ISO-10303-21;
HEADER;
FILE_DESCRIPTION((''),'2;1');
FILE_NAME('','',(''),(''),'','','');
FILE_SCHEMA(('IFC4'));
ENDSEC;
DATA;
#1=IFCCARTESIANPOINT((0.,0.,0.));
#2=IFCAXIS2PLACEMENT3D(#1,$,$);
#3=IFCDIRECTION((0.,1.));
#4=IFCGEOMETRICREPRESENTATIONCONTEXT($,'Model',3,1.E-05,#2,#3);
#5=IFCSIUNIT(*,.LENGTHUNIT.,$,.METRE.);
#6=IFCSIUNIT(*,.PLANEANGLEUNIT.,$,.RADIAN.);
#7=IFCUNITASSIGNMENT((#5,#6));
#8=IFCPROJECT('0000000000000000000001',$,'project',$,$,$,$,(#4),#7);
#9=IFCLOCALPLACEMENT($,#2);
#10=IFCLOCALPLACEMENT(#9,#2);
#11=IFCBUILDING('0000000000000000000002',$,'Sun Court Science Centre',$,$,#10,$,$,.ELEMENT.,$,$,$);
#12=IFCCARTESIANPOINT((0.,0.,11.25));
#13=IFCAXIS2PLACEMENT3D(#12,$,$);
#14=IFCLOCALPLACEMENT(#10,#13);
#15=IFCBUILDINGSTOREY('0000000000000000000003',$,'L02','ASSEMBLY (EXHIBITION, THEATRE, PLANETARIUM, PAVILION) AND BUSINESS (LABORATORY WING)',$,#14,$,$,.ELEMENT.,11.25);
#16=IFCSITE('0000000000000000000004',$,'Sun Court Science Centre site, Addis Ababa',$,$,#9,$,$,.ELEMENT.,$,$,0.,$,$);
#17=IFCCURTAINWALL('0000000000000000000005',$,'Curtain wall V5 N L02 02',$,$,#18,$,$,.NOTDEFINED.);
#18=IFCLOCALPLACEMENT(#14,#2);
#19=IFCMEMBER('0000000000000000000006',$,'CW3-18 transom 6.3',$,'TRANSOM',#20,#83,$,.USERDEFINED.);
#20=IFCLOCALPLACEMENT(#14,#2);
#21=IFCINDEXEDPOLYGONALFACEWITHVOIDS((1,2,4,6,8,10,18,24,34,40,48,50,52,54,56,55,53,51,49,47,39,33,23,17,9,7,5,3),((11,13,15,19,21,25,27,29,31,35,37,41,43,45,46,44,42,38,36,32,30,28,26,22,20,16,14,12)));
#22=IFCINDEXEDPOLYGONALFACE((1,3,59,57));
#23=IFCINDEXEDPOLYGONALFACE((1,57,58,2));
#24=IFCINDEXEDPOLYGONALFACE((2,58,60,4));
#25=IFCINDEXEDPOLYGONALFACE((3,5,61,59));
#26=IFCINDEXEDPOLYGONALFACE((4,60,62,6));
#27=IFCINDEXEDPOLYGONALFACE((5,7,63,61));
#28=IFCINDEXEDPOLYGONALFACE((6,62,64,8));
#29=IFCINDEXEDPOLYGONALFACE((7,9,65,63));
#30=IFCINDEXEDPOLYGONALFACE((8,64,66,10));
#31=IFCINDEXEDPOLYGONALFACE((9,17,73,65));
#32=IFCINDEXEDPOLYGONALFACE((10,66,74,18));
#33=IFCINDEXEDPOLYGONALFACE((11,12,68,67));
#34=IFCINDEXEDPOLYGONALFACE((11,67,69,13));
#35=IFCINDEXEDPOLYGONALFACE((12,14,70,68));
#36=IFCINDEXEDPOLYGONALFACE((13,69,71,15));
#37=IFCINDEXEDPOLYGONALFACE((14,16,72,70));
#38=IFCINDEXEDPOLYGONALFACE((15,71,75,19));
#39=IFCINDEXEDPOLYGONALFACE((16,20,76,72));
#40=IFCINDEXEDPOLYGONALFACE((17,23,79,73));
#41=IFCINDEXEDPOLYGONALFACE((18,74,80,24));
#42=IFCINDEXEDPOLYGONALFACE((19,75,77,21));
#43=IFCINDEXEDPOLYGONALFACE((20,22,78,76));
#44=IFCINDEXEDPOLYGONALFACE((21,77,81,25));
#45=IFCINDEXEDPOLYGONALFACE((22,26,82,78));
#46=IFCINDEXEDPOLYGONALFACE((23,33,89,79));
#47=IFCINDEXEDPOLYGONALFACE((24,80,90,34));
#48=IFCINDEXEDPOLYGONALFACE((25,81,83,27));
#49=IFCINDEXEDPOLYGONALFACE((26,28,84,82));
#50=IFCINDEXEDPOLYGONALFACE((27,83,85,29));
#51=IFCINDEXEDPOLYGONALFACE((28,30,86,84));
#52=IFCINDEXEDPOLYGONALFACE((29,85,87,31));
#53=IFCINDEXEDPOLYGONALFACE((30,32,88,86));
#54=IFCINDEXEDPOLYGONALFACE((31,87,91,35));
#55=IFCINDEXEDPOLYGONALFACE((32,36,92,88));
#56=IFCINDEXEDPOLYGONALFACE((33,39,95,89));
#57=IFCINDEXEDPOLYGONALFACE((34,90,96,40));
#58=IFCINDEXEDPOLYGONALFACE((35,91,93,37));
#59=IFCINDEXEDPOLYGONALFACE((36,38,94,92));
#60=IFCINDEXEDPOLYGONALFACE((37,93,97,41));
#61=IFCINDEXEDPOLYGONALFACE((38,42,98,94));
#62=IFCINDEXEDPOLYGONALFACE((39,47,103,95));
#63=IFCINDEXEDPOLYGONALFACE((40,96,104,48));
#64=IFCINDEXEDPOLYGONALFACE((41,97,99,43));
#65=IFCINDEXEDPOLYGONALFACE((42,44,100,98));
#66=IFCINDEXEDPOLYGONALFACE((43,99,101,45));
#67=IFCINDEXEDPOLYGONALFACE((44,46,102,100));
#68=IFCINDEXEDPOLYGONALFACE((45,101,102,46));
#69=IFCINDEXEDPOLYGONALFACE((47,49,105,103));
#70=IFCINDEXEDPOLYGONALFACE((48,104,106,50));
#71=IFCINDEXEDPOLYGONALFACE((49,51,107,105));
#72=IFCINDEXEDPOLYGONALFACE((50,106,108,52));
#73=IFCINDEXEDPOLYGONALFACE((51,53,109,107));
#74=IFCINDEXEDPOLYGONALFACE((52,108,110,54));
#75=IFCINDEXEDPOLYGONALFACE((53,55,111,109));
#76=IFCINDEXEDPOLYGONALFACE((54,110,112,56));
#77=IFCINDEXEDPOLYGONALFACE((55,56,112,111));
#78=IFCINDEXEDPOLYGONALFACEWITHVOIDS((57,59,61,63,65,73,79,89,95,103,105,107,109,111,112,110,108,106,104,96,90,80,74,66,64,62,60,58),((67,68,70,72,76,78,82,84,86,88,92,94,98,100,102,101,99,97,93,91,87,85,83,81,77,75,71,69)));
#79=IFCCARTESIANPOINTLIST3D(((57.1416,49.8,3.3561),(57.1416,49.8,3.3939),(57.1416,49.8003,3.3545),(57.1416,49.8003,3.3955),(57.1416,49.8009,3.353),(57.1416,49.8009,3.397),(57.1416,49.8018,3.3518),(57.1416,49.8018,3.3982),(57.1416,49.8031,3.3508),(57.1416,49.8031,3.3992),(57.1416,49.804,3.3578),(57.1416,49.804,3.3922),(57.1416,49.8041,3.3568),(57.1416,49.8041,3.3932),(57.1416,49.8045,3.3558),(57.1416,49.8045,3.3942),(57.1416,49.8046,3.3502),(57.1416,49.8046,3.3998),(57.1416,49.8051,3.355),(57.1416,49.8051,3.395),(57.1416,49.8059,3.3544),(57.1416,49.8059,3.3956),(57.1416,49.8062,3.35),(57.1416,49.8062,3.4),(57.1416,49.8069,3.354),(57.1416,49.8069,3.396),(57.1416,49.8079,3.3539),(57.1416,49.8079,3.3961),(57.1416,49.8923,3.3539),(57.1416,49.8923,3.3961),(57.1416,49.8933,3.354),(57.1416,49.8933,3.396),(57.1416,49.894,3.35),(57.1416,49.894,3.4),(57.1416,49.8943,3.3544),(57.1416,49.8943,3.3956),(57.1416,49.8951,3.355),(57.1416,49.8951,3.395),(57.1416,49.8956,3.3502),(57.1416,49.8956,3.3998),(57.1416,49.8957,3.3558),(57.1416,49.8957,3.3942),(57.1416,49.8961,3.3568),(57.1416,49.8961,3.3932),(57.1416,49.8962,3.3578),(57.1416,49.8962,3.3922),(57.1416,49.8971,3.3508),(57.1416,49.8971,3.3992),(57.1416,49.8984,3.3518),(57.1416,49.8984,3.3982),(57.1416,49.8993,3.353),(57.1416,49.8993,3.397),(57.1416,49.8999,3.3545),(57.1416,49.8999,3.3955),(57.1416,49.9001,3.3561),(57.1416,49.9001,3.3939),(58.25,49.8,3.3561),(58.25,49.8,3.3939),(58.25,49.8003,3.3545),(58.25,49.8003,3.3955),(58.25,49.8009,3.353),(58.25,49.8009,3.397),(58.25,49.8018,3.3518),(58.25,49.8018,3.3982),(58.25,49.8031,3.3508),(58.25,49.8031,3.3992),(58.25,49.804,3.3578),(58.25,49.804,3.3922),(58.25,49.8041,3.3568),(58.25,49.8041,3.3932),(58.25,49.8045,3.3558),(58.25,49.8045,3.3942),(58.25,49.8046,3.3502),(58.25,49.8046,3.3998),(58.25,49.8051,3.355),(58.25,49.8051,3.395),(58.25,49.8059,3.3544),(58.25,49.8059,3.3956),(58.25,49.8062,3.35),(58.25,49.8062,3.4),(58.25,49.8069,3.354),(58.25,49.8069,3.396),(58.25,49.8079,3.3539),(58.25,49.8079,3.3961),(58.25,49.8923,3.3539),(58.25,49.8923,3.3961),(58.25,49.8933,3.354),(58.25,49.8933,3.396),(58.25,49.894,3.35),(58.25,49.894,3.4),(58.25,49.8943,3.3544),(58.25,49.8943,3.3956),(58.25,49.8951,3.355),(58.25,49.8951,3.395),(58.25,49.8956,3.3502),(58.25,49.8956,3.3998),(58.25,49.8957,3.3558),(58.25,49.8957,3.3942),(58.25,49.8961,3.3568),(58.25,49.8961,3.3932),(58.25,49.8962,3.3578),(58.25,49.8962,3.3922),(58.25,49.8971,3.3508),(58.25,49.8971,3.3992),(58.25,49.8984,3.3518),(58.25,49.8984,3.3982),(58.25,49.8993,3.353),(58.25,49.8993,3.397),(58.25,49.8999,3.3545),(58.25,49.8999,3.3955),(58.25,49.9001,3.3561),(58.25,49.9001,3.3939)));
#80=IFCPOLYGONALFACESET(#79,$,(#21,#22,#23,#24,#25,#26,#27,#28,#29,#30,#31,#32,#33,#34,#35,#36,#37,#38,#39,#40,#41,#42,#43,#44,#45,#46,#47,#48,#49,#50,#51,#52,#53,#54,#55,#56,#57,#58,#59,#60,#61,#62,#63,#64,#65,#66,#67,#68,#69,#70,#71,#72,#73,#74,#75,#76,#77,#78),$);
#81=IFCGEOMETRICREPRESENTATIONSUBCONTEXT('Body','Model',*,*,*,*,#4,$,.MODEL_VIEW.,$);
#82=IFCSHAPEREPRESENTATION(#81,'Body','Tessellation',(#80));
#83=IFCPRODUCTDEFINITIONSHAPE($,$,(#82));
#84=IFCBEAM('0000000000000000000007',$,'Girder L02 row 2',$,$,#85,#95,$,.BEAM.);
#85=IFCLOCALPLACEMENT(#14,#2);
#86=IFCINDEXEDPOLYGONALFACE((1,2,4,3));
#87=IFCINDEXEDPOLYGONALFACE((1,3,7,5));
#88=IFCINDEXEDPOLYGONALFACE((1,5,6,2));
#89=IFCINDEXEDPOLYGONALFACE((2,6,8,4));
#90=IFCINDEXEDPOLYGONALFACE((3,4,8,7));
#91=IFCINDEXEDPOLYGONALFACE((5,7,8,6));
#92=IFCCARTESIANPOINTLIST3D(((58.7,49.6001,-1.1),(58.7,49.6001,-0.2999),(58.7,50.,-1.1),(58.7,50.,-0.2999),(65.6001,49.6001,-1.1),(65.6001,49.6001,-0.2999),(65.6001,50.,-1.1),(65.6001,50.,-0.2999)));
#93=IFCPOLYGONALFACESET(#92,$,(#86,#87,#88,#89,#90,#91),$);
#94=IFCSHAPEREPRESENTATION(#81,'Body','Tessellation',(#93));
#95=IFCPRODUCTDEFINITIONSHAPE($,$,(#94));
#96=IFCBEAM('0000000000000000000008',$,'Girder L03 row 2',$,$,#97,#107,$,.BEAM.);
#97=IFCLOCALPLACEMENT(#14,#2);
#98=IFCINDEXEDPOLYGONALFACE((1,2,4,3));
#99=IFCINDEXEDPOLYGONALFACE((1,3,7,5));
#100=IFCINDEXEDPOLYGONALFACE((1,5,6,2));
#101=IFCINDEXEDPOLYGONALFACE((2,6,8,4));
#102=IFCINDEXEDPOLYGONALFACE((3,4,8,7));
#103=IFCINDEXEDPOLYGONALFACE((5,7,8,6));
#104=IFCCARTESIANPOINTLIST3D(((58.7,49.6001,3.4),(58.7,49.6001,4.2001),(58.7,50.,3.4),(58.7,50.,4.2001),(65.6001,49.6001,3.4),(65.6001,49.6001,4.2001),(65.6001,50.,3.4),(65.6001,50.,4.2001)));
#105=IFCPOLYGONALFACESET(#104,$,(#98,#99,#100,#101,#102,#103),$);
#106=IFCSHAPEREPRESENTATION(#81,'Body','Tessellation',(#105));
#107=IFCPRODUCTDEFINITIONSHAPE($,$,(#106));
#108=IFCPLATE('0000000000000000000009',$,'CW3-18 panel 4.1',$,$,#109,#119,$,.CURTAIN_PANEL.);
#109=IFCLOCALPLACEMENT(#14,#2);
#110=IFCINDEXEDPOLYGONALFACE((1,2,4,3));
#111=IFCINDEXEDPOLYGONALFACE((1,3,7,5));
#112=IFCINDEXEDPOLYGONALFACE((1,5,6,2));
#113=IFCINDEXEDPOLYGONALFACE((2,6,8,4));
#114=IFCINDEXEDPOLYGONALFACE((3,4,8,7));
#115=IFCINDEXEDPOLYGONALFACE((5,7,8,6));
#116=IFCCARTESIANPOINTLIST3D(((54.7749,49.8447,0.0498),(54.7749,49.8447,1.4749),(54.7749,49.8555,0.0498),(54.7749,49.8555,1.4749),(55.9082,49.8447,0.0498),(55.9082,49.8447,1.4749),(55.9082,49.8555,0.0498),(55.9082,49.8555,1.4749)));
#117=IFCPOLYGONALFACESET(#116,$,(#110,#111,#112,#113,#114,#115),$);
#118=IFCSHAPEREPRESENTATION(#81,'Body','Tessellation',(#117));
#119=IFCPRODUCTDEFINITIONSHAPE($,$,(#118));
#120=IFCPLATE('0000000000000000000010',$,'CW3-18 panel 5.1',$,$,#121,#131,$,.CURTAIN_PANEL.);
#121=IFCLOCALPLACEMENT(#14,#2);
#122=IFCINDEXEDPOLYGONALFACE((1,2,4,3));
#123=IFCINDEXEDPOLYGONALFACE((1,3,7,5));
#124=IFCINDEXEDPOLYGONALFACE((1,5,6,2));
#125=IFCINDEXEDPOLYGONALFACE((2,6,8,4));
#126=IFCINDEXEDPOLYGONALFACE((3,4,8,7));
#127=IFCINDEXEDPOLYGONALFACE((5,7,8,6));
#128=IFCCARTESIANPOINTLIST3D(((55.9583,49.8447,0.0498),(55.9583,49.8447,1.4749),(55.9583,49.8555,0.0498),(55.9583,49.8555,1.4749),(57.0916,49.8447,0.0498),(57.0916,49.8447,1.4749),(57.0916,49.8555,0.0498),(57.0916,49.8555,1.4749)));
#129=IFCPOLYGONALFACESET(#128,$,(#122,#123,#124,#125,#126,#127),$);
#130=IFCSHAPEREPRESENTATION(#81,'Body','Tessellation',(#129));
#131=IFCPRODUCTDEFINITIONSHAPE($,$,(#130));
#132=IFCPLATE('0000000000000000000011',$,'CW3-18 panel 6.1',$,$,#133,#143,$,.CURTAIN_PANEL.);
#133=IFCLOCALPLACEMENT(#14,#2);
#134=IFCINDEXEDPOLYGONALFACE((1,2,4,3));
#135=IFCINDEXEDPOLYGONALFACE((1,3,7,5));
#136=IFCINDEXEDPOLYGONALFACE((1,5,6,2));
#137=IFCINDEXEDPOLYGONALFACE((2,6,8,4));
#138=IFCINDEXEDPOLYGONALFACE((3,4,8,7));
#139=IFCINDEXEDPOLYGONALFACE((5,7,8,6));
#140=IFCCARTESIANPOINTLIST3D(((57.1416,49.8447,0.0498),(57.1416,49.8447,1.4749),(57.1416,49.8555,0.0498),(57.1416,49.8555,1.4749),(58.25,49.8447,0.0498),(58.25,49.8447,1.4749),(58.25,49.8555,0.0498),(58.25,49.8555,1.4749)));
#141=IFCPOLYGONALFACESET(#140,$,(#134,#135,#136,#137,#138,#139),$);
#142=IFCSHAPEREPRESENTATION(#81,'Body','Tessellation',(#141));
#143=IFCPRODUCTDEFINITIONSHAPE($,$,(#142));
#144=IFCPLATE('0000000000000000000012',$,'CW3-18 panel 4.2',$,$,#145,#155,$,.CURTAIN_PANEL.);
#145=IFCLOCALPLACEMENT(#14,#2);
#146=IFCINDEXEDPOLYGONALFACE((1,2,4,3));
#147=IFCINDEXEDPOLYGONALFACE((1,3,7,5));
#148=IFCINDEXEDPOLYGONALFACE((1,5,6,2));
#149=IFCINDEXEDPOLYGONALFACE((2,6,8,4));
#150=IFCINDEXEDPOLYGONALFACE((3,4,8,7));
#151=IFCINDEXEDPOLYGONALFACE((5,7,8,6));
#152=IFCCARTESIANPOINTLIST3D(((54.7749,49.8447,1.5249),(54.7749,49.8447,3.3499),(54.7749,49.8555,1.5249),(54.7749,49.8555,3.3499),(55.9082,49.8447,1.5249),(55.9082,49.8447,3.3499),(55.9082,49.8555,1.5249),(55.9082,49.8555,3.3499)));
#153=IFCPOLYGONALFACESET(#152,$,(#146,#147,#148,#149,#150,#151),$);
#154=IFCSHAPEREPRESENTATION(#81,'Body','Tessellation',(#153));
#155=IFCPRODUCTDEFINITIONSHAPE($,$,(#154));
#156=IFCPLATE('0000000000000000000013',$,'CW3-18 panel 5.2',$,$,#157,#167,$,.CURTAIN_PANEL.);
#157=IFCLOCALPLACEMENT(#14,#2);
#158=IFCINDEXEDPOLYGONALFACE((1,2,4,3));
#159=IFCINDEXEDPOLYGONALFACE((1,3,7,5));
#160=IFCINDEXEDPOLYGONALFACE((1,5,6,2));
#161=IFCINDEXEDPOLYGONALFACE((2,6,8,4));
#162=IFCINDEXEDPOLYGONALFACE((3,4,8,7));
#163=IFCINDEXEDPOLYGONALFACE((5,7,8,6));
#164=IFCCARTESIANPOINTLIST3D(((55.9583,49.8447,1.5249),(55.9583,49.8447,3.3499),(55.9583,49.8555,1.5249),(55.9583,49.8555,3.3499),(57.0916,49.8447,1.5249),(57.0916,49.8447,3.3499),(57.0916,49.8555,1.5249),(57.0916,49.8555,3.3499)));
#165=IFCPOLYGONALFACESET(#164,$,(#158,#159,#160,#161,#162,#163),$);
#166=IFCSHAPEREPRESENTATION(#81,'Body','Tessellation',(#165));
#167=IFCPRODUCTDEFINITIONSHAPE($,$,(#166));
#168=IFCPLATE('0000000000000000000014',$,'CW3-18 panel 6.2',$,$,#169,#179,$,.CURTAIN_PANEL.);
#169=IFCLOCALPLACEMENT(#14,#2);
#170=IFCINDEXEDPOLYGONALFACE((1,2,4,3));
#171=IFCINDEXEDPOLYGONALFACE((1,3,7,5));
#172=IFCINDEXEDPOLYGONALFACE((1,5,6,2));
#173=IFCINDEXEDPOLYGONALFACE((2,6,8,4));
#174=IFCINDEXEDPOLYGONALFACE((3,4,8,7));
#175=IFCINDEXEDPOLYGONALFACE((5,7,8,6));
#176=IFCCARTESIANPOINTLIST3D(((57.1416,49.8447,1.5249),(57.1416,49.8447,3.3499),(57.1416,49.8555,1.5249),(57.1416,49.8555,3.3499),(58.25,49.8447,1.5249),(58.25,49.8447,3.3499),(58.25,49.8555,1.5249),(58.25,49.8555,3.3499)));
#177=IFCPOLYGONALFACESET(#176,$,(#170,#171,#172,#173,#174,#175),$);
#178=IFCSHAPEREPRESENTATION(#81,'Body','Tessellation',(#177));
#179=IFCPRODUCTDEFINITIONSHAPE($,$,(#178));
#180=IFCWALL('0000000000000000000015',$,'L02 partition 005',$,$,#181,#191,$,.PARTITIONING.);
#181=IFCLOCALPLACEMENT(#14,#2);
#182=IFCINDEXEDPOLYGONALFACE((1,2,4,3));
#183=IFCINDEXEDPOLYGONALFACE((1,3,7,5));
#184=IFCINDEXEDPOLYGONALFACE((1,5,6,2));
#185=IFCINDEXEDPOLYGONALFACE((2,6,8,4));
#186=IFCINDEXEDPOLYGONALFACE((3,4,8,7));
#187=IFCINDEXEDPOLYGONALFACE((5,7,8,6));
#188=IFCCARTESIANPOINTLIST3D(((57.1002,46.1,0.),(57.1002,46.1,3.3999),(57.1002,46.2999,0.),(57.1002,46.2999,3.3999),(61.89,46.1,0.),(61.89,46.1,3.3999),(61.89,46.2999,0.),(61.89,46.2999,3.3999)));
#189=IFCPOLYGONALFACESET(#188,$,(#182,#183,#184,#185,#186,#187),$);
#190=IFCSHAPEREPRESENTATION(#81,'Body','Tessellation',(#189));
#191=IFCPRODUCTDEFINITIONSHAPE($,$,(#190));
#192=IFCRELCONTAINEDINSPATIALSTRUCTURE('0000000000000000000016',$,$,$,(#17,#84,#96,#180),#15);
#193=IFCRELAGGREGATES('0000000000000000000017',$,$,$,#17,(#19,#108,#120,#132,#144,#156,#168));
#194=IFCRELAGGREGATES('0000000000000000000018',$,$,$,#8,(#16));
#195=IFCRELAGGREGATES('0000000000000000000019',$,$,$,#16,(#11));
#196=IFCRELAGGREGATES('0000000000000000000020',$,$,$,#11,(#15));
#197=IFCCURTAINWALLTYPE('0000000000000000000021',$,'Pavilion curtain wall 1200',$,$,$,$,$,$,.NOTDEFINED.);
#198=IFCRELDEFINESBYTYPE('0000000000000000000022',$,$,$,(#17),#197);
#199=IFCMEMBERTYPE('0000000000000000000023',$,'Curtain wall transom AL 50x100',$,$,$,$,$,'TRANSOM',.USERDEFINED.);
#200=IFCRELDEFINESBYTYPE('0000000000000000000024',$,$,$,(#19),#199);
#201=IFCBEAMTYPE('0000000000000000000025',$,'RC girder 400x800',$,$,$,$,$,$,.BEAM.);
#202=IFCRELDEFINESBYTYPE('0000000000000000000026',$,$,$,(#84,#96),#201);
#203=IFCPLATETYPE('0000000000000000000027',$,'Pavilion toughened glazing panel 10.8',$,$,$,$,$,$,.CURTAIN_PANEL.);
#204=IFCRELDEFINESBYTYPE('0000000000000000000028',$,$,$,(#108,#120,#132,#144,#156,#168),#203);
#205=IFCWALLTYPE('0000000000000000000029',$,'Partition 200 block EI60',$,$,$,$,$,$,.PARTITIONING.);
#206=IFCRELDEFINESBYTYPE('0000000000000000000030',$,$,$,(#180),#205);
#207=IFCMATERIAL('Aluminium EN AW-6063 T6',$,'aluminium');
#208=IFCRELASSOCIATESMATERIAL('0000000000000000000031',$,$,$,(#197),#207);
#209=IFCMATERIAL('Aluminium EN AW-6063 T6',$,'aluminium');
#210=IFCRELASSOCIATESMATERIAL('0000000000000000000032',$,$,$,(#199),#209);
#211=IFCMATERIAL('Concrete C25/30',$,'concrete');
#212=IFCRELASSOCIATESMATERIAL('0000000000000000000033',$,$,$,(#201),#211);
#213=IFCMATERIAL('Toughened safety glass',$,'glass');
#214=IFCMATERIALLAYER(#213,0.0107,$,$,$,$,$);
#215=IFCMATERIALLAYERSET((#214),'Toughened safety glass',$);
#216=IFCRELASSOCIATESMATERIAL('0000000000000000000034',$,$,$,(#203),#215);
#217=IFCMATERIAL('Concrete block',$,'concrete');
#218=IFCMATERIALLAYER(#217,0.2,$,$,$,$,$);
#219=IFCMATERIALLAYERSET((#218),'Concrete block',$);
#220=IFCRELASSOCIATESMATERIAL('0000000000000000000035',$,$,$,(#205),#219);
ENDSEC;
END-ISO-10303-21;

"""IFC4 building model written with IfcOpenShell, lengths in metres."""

from ifc_helpers import new_model, si_unit, direction, frame, frame_2d, origin, origin_2d, place, context, subcontext, project, spatial, rectangle, hollow_rectangle, extrude, material, layer, layer_set, material_profile, profile_set, type_object, element, aggregate, save


model = new_model("IFC4")

# Units and contexts
model_context = context("Model", 3, precision=1e-05, world=origin(), true_north=direction((0.0, 1.0)))
body_context = subcontext(model_context, "Body", "Model", "MODEL_VIEW")
ifc_project = project(units=[si_unit("LENGTHUNIT", "METRE"), si_unit("PLANEANGLEUNIT", "RADIAN")], contexts=[model_context])

# Site, building, storey
site_placement = place(None, origin())
site = spatial("IfcSite", under=ifc_project, at=site_placement, Name="Sun Court Science Centre site, Addis Ababa", CompositionType="ELEMENT", RefElevation=0.0)
building_placement = place(site_placement, origin())
building = spatial("IfcBuilding", under=site, at=building_placement, Name="Sun Court Science Centre", CompositionType="ELEMENT")
storey_placement = place(building_placement, frame((0.0, 0.0, 11.25)))
storey = spatial("IfcBuildingStorey", under=building, at=storey_placement, Name="L02", Description="ASSEMBLY (EXHIBITION, THEATRE, PLANETARIUM, PAVILION) AND BUSINESS (LABORATORY WING)", CompositionType="ELEMENT", Elevation=11.25)

# Curtain wall, member
ifc_material_1 = material(Name="Aluminium EN AW-6063 T6", Category="aluminium")
curtain_wall_type = type_object("IfcCurtainWallType", Name="Pavilion curtain wall 1200", PredefinedType="NOTDEFINED", material=ifc_material_1)
curtain_wall_placement = place(storey_placement, origin())
curtain_wall = element("IfcCurtainWall", 1, at=curtain_wall_placement, inside=storey, type_object=curtain_wall_type, Name="Curtain wall V5 N L02 02", PredefinedType="NOTDEFINED")
ifc_material_2 = material(Name="Aluminium EN AW-6063 T6", Category="aluminium")
ifc_material_profile_1 = material_profile(ifc_material_2, hollow_rectangle(XDim=0.05, YDim=0.1001, WallThickness=0.0039, InnerFilletRadius=0.0039, OuterFilletRadius=0.0061, at=origin_2d()), Name="AL 50x100x4")
ifc_profile_set_1 = profile_set([ifc_material_profile_1], Name="Aluminium EN AW-6063 T6")
member_type_1 = type_object("IfcMemberType", Name="Curtain wall transom AL 50x100", ElementType="TRANSOM", PredefinedType="USERDEFINED", material=ifc_profile_set_1)
member_1_placement = place(storey_placement, frame((57.1416, 49.8501, 3.375), z_axis=(1.0, 0.0, 0.0), x_axis=(0.0, 0.0, 1.0)))
member_1 = element("IfcMember", 2, at=member_1_placement, type_object=member_type_1, Name="CW3-18 transom 6.3", ObjectType="TRANSOM", PredefinedType="USERDEFINED", context=body_context, shape_type="SweptSolid", body=[
    extrude(hollow_rectangle(XDim=0.05, YDim=0.1001, WallThickness=0.0039, InnerFilletRadius=0.0039, OuterFilletRadius=0.0061, at=origin_2d()), origin(), (0.0, 0.0, 1.0), 1.1084),
])

# Beams
ifc_material_3 = material(Name="Concrete C25/30", Category="concrete")
ifc_material_profile_2 = material_profile(ifc_material_3, rectangle(XDim=0.3999, YDim=0.8, at=origin_2d()), Name="RC 400x800")
ifc_profile_set_2 = profile_set([ifc_material_profile_2], Name="Concrete C25/30")
beam_type = type_object("IfcBeamType", Name="RC girder 400x800", PredefinedType="BEAM", material=ifc_profile_set_2)
for number, where, z_axis, x_axis, name in (
    (3, (58.7, 49.8, -0.7), (1.0, 0.0, 0.0), (0.0, 1.0, 0.0), "Girder L02 row 2"),
    (4, (58.7, 49.8, 3.8), (1.0, 0.0, 0.0), (0.0, 1.0, 0.0), "Girder L03 row 2"),
):
    element("IfcBeam", number, at=place(storey_placement, frame(where, z_axis=z_axis, x_axis=x_axis)), inside=storey, type_object=beam_type, Name=name, PredefinedType="BEAM", context=body_context, shape_type="SweptSolid", body=[
        extrude(rectangle(XDim=0.3999, YDim=0.8, at=origin_2d()), origin(), (0.0, 0.0, 1.0), 6.9001),
    ])

# Plates
ifc_material_4 = material(Name="Toughened safety glass", Category="glass")
ifc_layer_1 = layer(ifc_material_4, 0.0107)
ifc_layer_set_1 = layer_set([ifc_layer_1], Name="Toughened safety glass")
plate_type = type_object("IfcPlateType", Name="Pavilion toughened glazing panel 10.8", PredefinedType="CURTAIN_PANEL", material=ifc_layer_set_1)
plate_1_placement = place(storey_placement, frame((55.3416, 49.8501, 0.0498), z_axis=(0.0, 0.0, 1.0), x_axis=(1.0, 0.0, 0.0)))
plate_1 = element("IfcPlate", 5, at=plate_1_placement, type_object=plate_type, Name="CW3-18 panel 4.1", PredefinedType="CURTAIN_PANEL", context=body_context, shape_type="SweptSolid", body=[
    extrude(rectangle(XDim=1.1333, YDim=0.0107, at=origin_2d()), origin(), (0.0, 0.0, 1.0), 1.425),
])
plate_2_placement = place(storey_placement, frame((56.5249, 49.8501, 0.0498), z_axis=(0.0, 0.0, 1.0), x_axis=(1.0, 0.0, 0.0)))
plate_2 = element("IfcPlate", 6, at=plate_2_placement, type_object=plate_type, Name="CW3-18 panel 5.1", PredefinedType="CURTAIN_PANEL", context=body_context, shape_type="SweptSolid", body=[
    extrude(rectangle(XDim=1.1333, YDim=0.0107, at=origin_2d()), origin(), (0.0, 0.0, 1.0), 1.425),
])
plate_3_placement = place(storey_placement, frame((57.6958, 49.8501, 0.0498), z_axis=(0.0, 0.0, 1.0), x_axis=(1.0, 0.0, 0.0)))
plate_3 = element("IfcPlate", 7, at=plate_3_placement, type_object=plate_type, Name="CW3-18 panel 6.1", PredefinedType="CURTAIN_PANEL", context=body_context, shape_type="SweptSolid", body=[
    extrude(rectangle(XDim=1.1084, YDim=0.0107, at=origin_2d()), origin(), (0.0, 0.0, 1.0), 1.425),
])
plate_4_placement = place(storey_placement, frame((55.3416, 49.8501, 1.5249), z_axis=(0.0, 0.0, 1.0), x_axis=(1.0, 0.0, 0.0)))
plate_4 = element("IfcPlate", 8, at=plate_4_placement, type_object=plate_type, Name="CW3-18 panel 4.2", PredefinedType="CURTAIN_PANEL", context=body_context, shape_type="SweptSolid", body=[
    extrude(rectangle(XDim=1.1333, YDim=0.0107, at=origin_2d()), origin(), (0.0, 0.0, 1.0), 1.825),
])
plate_5_placement = place(storey_placement, frame((56.5249, 49.8501, 1.5249), z_axis=(0.0, 0.0, 1.0), x_axis=(1.0, 0.0, 0.0)))
plate_5 = element("IfcPlate", 9, at=plate_5_placement, type_object=plate_type, Name="CW3-18 panel 5.2", PredefinedType="CURTAIN_PANEL", context=body_context, shape_type="SweptSolid", body=[
    extrude(rectangle(XDim=1.1333, YDim=0.0107, at=origin_2d()), origin(), (0.0, 0.0, 1.0), 1.825),
])
plate_6_placement = place(storey_placement, frame((57.6958, 49.8501, 1.5249), z_axis=(0.0, 0.0, 1.0), x_axis=(1.0, 0.0, 0.0)))
plate_6 = element("IfcPlate", 10, at=plate_6_placement, type_object=plate_type, Name="CW3-18 panel 6.2", PredefinedType="CURTAIN_PANEL", context=body_context, shape_type="SweptSolid", body=[
    extrude(rectangle(XDim=1.1084, YDim=0.0107, at=origin_2d()), origin(), (0.0, 0.0, 1.0), 1.825),
])
aggregate(curtain_wall, [member_1, plate_1, plate_2, plate_3, plate_4, plate_5, plate_6])

# Wall
ifc_material_5 = material(Name="Concrete block", Category="concrete")
ifc_layer_2 = layer(ifc_material_5, 0.2)
ifc_layer_set_2 = layer_set([ifc_layer_2], Name="Concrete block")
wall_type_1 = type_object("IfcWallType", Name="Partition 200 block EI60", PredefinedType="PARTITIONING", material=ifc_layer_set_2)
wall_1_placement = place(storey_placement, frame((57.1001, 46.2, 0.0), z_axis=(0.0, 0.0, 1.0), x_axis=(1.0, 0.0, 0.0)))
element("IfcWall", 11, at=wall_1_placement, inside=storey, type_object=wall_type_1, Name="L02 partition 005", PredefinedType="PARTITIONING", context=body_context, shape_type="SweptSolid", body=[
    extrude(rectangle(XDim=4.7898, YDim=0.2, at=frame_2d((2.395, 0.0))), origin(), (0.0, 0.0, 1.0), 3.3999),
])

save(model, "model.ifc")
